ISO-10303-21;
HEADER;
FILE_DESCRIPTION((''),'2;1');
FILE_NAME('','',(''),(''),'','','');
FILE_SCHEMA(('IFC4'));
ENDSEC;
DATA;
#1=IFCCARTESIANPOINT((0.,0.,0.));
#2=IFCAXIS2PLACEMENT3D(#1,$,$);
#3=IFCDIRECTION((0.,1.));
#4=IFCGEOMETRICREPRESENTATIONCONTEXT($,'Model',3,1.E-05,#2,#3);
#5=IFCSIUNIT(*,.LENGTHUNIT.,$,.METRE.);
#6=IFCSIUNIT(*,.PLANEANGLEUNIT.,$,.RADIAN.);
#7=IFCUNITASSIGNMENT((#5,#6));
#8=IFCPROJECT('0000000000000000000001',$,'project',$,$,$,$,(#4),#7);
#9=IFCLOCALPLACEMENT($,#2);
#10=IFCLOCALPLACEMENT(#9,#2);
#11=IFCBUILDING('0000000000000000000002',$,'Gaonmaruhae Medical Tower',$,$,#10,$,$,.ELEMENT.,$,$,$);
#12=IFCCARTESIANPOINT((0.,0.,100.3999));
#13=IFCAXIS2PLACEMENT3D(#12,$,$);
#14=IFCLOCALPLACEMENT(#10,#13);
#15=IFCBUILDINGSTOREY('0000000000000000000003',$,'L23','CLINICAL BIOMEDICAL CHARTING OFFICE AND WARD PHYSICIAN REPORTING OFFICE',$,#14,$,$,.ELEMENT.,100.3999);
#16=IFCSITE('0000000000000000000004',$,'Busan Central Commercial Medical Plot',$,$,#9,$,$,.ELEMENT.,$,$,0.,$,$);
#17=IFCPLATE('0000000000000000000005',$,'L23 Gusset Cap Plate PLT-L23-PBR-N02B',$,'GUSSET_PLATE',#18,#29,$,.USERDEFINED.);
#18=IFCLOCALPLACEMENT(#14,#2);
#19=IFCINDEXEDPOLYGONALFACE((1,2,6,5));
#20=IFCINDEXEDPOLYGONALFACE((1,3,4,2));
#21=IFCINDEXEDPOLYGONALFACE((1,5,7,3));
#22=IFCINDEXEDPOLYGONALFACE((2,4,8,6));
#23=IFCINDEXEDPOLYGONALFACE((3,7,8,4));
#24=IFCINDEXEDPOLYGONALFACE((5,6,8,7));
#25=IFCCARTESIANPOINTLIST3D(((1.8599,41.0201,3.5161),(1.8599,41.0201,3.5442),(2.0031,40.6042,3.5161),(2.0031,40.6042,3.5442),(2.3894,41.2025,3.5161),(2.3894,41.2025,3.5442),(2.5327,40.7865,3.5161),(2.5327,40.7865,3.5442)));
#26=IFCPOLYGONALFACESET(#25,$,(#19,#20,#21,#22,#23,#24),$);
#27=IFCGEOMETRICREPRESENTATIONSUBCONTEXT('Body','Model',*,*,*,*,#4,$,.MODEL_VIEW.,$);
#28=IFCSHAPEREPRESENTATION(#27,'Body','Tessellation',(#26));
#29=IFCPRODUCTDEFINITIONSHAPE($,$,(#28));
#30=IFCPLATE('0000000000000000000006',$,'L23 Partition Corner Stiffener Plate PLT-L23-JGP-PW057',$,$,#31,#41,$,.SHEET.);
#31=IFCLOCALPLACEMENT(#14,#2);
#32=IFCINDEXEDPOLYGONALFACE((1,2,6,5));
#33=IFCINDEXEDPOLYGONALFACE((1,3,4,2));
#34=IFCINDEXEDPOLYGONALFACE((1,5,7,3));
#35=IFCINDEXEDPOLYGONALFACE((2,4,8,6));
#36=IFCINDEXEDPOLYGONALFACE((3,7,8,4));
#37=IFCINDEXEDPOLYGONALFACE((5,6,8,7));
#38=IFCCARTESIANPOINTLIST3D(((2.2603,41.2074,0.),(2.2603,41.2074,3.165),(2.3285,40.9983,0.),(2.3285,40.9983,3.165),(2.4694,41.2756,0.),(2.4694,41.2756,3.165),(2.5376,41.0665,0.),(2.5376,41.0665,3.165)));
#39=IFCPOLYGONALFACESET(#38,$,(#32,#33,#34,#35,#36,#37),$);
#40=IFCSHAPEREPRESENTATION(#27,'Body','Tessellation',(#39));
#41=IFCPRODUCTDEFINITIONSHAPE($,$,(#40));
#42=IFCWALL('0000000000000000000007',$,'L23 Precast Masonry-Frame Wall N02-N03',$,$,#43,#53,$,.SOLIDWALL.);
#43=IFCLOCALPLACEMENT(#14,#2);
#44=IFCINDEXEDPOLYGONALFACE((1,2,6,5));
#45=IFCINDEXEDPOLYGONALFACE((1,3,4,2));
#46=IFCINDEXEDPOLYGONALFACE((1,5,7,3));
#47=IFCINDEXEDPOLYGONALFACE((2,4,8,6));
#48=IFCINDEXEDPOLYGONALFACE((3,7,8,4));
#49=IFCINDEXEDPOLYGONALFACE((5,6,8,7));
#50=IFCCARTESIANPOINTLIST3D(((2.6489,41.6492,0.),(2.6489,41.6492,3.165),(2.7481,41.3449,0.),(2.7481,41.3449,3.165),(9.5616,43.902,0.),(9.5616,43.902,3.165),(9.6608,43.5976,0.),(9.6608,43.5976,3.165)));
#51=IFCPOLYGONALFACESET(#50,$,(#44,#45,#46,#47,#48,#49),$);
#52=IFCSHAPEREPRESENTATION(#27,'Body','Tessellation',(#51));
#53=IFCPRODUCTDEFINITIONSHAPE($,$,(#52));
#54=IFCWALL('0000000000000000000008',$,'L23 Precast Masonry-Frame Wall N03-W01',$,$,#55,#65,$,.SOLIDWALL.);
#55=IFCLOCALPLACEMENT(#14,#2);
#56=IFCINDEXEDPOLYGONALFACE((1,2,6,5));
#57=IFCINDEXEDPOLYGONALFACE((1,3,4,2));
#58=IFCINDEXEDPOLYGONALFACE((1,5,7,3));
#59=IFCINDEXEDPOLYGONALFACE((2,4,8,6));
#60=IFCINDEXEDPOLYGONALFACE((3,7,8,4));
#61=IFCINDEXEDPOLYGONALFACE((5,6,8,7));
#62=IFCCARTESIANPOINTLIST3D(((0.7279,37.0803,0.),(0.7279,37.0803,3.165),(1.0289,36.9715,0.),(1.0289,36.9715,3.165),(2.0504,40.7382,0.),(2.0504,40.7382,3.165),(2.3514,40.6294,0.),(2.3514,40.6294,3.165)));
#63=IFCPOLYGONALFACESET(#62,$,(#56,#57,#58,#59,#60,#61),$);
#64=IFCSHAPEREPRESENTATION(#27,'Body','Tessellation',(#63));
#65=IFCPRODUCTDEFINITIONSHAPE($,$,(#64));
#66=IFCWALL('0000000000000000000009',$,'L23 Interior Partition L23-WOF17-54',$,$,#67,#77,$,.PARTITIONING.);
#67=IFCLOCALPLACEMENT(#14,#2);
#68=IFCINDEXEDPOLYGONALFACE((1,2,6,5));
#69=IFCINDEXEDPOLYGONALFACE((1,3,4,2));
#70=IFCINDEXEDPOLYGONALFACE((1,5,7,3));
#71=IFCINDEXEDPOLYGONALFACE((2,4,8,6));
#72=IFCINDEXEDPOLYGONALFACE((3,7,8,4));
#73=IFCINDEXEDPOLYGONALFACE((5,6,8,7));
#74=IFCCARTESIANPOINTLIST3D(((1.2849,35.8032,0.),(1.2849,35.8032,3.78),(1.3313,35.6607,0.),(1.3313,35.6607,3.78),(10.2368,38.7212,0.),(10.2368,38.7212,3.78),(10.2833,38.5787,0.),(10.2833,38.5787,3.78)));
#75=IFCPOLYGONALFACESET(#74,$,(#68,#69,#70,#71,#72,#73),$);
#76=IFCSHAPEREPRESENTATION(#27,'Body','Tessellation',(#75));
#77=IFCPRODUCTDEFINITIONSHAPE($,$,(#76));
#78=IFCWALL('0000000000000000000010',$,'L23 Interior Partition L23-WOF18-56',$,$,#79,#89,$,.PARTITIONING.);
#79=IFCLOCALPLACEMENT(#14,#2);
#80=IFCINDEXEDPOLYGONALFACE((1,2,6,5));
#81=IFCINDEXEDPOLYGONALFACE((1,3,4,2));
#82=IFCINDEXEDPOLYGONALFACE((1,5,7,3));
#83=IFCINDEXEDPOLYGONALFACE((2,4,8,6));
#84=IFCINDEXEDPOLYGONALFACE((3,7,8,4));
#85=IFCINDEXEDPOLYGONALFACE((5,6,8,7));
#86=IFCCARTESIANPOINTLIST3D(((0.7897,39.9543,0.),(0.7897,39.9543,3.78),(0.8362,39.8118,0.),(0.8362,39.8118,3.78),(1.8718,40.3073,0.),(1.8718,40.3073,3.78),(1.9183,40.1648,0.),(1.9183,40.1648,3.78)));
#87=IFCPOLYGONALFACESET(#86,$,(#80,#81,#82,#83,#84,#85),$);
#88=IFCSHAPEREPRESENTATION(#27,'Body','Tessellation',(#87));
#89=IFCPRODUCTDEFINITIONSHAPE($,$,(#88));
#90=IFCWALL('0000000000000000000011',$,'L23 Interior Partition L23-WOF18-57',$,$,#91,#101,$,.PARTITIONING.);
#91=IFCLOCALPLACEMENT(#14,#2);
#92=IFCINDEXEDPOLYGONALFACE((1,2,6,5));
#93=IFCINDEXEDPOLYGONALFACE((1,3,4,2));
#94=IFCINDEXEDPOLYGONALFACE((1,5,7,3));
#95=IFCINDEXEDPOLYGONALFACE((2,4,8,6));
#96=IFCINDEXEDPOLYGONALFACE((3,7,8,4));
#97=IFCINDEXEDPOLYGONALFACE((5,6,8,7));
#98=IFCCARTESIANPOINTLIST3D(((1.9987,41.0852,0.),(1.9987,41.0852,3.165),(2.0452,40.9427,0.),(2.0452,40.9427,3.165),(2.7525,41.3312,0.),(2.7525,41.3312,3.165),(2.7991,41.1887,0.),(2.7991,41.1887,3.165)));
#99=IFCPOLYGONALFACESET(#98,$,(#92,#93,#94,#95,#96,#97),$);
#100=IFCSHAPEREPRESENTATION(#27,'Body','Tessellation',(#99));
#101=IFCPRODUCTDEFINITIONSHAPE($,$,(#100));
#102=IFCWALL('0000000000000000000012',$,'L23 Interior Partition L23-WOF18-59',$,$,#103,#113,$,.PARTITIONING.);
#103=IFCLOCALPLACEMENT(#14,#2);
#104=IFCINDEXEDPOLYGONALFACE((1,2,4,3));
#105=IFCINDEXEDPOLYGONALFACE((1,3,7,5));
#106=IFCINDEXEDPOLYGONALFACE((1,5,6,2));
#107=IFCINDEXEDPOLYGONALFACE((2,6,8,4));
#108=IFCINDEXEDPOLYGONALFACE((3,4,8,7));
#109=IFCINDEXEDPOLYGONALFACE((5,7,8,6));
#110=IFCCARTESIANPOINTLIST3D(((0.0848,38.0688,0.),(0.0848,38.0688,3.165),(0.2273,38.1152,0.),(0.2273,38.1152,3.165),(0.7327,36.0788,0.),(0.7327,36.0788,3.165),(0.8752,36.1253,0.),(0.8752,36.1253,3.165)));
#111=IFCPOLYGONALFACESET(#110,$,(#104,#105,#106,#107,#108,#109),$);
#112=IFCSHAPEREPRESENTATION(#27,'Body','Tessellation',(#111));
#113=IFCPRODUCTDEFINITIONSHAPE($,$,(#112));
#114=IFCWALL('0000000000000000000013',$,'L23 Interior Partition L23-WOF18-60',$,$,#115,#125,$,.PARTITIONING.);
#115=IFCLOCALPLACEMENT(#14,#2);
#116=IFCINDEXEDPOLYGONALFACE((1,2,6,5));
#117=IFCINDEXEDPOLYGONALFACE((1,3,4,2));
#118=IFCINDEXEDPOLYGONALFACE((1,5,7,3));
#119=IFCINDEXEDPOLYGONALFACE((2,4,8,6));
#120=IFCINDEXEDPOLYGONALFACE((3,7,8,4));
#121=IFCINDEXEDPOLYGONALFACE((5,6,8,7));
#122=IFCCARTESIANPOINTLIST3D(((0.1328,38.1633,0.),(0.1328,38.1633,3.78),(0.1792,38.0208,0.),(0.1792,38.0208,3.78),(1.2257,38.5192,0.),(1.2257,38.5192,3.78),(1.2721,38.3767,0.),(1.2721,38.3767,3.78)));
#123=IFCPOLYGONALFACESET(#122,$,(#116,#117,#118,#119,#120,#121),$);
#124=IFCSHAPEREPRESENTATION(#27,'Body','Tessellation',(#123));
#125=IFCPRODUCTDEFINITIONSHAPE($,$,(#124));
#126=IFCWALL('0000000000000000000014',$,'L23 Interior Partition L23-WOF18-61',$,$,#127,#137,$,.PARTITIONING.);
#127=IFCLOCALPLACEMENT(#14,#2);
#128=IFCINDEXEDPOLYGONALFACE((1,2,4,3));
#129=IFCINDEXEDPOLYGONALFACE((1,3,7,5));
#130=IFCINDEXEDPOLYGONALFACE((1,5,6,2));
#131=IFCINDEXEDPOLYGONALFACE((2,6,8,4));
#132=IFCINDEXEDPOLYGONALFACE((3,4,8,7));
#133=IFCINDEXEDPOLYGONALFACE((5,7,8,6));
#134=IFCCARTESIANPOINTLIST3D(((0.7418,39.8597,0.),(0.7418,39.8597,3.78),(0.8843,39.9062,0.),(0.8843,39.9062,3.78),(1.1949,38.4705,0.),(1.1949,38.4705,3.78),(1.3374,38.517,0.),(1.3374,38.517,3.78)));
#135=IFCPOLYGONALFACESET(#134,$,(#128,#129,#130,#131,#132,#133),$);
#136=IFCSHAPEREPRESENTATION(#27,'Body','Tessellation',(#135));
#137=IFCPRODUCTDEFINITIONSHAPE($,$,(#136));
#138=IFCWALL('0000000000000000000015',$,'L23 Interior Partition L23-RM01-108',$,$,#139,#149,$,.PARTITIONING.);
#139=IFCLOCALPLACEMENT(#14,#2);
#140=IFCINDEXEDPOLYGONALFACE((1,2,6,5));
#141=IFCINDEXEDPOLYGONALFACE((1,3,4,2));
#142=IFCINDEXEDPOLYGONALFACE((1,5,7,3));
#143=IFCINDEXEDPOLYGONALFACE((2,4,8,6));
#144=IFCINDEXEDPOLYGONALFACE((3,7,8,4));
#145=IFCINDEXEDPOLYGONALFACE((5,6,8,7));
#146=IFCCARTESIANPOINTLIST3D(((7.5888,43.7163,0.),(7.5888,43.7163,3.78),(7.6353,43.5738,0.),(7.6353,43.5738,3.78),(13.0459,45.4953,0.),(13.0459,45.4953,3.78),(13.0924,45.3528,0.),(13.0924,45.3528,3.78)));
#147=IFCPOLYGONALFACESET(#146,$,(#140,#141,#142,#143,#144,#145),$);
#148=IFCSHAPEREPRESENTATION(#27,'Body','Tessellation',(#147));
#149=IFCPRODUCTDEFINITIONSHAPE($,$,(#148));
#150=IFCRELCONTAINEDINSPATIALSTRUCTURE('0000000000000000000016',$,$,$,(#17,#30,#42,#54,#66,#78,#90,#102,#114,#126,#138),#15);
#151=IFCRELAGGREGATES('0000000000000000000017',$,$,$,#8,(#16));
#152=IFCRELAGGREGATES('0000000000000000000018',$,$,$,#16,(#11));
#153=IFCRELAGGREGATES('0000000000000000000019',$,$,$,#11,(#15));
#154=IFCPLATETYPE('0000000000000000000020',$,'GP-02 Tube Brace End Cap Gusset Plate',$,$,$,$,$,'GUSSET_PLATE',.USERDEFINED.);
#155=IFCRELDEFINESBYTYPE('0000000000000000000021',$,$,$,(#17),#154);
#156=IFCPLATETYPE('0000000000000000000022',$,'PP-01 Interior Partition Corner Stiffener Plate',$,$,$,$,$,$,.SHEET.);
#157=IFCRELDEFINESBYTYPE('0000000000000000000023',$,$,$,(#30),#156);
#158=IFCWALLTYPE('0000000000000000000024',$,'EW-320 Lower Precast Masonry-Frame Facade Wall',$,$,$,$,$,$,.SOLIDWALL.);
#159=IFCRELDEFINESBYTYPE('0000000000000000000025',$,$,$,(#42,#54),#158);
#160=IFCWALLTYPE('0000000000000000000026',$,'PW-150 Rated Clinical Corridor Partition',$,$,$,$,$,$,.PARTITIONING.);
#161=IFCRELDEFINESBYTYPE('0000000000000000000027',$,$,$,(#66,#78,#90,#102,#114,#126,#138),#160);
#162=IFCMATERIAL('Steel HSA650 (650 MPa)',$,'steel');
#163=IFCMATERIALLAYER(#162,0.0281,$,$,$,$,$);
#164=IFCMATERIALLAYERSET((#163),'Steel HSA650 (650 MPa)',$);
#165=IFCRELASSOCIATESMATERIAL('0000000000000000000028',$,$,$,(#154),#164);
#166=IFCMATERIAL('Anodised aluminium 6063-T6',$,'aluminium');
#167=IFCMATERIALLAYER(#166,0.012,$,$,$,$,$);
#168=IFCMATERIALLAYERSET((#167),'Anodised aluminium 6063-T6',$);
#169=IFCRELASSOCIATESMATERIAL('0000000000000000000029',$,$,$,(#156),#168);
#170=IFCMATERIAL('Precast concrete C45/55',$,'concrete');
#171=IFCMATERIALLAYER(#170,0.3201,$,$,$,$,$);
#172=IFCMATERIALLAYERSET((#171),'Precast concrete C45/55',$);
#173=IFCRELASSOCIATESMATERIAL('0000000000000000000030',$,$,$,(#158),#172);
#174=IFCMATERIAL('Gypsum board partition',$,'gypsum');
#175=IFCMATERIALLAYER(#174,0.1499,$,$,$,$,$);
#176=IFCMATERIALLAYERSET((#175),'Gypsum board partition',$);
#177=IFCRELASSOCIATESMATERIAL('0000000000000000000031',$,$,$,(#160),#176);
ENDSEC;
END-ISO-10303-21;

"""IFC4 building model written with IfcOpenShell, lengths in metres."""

from ifc_helpers import new_model, si_unit, direction, frame, frame_2d, origin, origin_2d, place, context, subcontext, project, spatial, rectangle, extrude, material, layer, layer_set, type_object, element, save


model = new_model("IFC4")

# Units and contexts
model_context = context("Model", 3, precision=1e-05, world=origin(), true_north=direction((0.0, 1.0)))
body_context = subcontext(model_context, "Body", "Model", "MODEL_VIEW")
ifc_project = project(units=[si_unit("LENGTHUNIT", "METRE"), si_unit("PLANEANGLEUNIT", "RADIAN")], contexts=[model_context])

# Site, building, storey
site_placement = place(None, origin())
site = spatial("IfcSite", under=ifc_project, at=site_placement, Name="Busan Central Commercial Medical Plot", CompositionType="ELEMENT", RefElevation=0.0)
building_placement = place(site_placement, origin())
building = spatial("IfcBuilding", under=site, at=building_placement, Name="Gaonmaruhae Medical Tower", CompositionType="ELEMENT")
storey_placement = place(building_placement, frame((0.0, 0.0, 100.3999)))
storey = spatial("IfcBuildingStorey", under=building, at=storey_placement, Name="L23", Description="CLINICAL BIOMEDICAL CHARTING OFFICE AND WARD PHYSICIAN REPORTING OFFICE", CompositionType="ELEMENT", Elevation=100.3999)

# Plates
ifc_material_1 = material(Name="Steel HSA650 (650 MPa)", Category="steel")
ifc_layer_1 = layer(ifc_material_1, 0.0281)
ifc_layer_set_1 = layer_set([ifc_layer_1], Name="Steel HSA650 (650 MPa)")
plate_type_1 = type_object("IfcPlateType", Name="GP-02 Tube Brace End Cap Gusset Plate", ElementType="GUSSET_PLATE", PredefinedType="USERDEFINED", material=ifc_layer_set_1)
plate_1_placement = place(storey_placement, frame((2.1963, 40.9033, 3.5161), z_axis=(0.0, 0.0, 1.0), x_axis=(0.945519, 0.325568, 0.0)))
element("IfcPlate", 1, at=plate_1_placement, inside=storey, type_object=plate_type_1, Name="L23 Gusset Cap Plate PLT-L23-PBR-N02B", ObjectType="GUSSET_PLATE", PredefinedType="USERDEFINED", context=body_context, shape_type="SweptSolid", body=[
    extrude(rectangle(XDim=0.5601, YDim=0.4399, at=origin_2d()), origin(), (0.0, 0.0, 1.0), 0.0281),
])
ifc_material_2 = material(Name="Anodised aluminium 6063-T6", Category="aluminium")
ifc_layer_2 = layer(ifc_material_2, 0.012)
ifc_layer_set_2 = layer_set([ifc_layer_2], Name="Anodised aluminium 6063-T6")
plate_type_2 = type_object("IfcPlateType", Name="PP-01 Interior Partition Corner Stiffener Plate", PredefinedType="SHEET", material=ifc_layer_set_2)
plate_2_placement = place(storey_placement, frame((2.3989, 41.137, 0.0), z_axis=(0.0, 0.0, 1.0), x_axis=(0.950684, 0.310162, 0.0)))
element("IfcPlate", 2, at=plate_2_placement, inside=storey, type_object=plate_type_2, Name="L23 Partition Corner Stiffener Plate PLT-L23-JGP-PW057", PredefinedType="SHEET", context=body_context, shape_type="SweptSolid", body=[
    extrude(rectangle(XDim=0.22, YDim=0.22, at=origin_2d()), origin(), (0.0, 0.0, 1.0), 3.165),
])

# Walls
ifc_material_3 = material(Name="Precast concrete C45/55", Category="concrete")
ifc_layer_3 = layer(ifc_material_3, 0.3201)
ifc_layer_set_3 = layer_set([ifc_layer_3], Name="Precast concrete C45/55")
wall_type_1 = type_object("IfcWallType", Name="EW-320 Lower Precast Masonry-Frame Facade Wall", PredefinedType="SOLIDWALL", material=ifc_layer_set_3)
wall_1_placement = place(storey_placement, frame((2.6985, 41.4971, 0.0), z_axis=(0.0, 0.0, 1.0), x_axis=(0.950787, 0.309844, 0.0)))
element("IfcWall", 3, at=wall_1_placement, inside=storey, type_object=wall_type_1, Name="L23 Precast Masonry-Frame Wall N02-N03", PredefinedType="SOLIDWALL", context=body_context, shape_type="SweptSolid", body=[
    extrude(rectangle(XDim=7.2705, YDim=0.3201, at=frame_2d((3.6353, 0.0))), origin(), (0.0, 0.0, 1.0), 3.165),
])
wall_2_placement = place(storey_placement, frame((0.8784, 37.0259, 0.0), z_axis=(0.0, 0.0, 1.0), x_axis=(0.340004, 0.940424, 0.0)))
element("IfcWall", 4, at=wall_2_placement, inside=storey, type_object=wall_type_1, Name="L23 Precast Masonry-Frame Wall N03-W01", PredefinedType="SOLIDWALL", context=body_context, shape_type="SweptSolid", body=[
    extrude(rectangle(XDim=3.8896, YDim=0.3201, at=frame_2d((1.9448, 0.0))), origin(), (0.0, 0.0, 1.0), 3.165),
])
ifc_material_4 = material(Name="Gypsum board partition", Category="gypsum")
ifc_layer_4 = layer(ifc_material_4, 0.1499)
ifc_layer_set_4 = layer_set([ifc_layer_4], Name="Gypsum board partition")
wall_type_2 = type_object("IfcWallType", Name="PW-150 Rated Clinical Corridor Partition", PredefinedType="PARTITIONING", material=ifc_layer_set_4)
wall_3_placement = place(storey_placement, frame((1.3081, 35.7319, 0.0), z_axis=(0.0, 0.0, 1.0), x_axis=(0.950765, 0.309912, 0.0)))
element("IfcWall", 5, at=wall_3_placement, inside=storey, type_object=wall_type_2, Name="L23 Interior Partition L23-WOF17-54", PredefinedType="PARTITIONING", context=body_context, shape_type="SweptSolid", body=[
    extrude(rectangle(XDim=9.4155, YDim=0.1499, at=frame_2d((4.7078, 0.0))), origin(), (0.0, 0.0, 1.0), 3.78),
])

# Walls
wall_4_placement = place(storey_placement, frame((0.813, 39.8831, 0.0), z_axis=(0.0, 0.0, 1.0), x_axis=(0.95068, 0.310172, 0.0)))
element("IfcWall", 6, at=wall_4_placement, inside=storey, type_object=wall_type_2, Name="L23 Interior Partition L23-WOF18-56", PredefinedType="PARTITIONING", context=body_context, shape_type="SweptSolid", body=[
    extrude(rectangle(XDim=1.1382, YDim=0.1499, at=frame_2d((0.5691, 0.0))), origin(), (0.0, 0.0, 1.0), 3.78),
])
wall_5_placement = place(storey_placement, frame((2.022, 41.0139, 0.0), z_axis=(0.0, 0.0, 1.0), x_axis=(0.950635, 0.310311, 0.0)))
element("IfcWall", 7, at=wall_5_placement, inside=storey, type_object=wall_type_2, Name="L23 Interior Partition L23-WOF18-57", PredefinedType="PARTITIONING", context=body_context, shape_type="SweptSolid", body=[
    extrude(rectangle(XDim=0.793, YDim=0.1499, at=frame_2d((0.3965, 0.0))), origin(), (0.0, 0.0, 1.0), 3.165),
])

# Walls
wall_6_placement = place(storey_placement, frame((0.804, 36.1021, 0.0), z_axis=(0.0, 0.0, 1.0), x_axis=(-0.309606, 0.950865, 0.0)))
element("IfcWall", 8, at=wall_6_placement, inside=storey, type_object=wall_type_2, Name="L23 Interior Partition L23-WOF18-59", PredefinedType="PARTITIONING", context=body_context, shape_type="SweptSolid", body=[
    extrude(rectangle(XDim=2.0928, YDim=0.1499, at=frame_2d((1.0464, 0.0))), origin(), (0.0, 0.0, 1.0), 3.165),
])
wall_7_placement = place(storey_placement, frame((0.156, 38.092, 0.0), z_axis=(0.0, 0.0, 1.0), x_axis=(0.950848, 0.309657, 0.0)))
element("IfcWall", 9, at=wall_7_placement, inside=storey, type_object=wall_type_2, Name="L23 Interior Partition L23-WOF18-60", PredefinedType="PARTITIONING", context=body_context, shape_type="SweptSolid", body=[
    extrude(rectangle(XDim=1.1494, YDim=0.1499, at=frame_2d((0.5747, 0.0))), origin(), (0.0, 0.0, 1.0), 3.78),
])
wall_8_placement = place(storey_placement, frame((1.2661, 38.4939, 0.0), z_axis=(0.0, 0.0, 1.0), x_axis=(-0.310106, 0.950702, 0.0)))
element("IfcWall", 10, at=wall_8_placement, inside=storey, type_object=wall_type_2, Name="L23 Interior Partition L23-WOF18-61", PredefinedType="PARTITIONING", context=body_context, shape_type="SweptSolid", body=[
    extrude(rectangle(XDim=1.4612, YDim=0.1499, at=frame_2d((0.7305, 0.0))), origin(), (0.0, 0.0, 1.0), 3.78),
])
wall_9_placement = place(storey_placement, frame((7.6121, 43.645, 0.0), z_axis=(0.0, 0.0, 1.0), x_axis=(0.950751, 0.309955, 0.0)))
element("IfcWall", 11, at=wall_9_placement, inside=storey, type_object=wall_type_2, Name="L23 Interior Partition L23-RM01-108", PredefinedType="PARTITIONING", context=body_context, shape_type="SweptSolid", body=[
    extrude(rectangle(XDim=5.7397, YDim=0.1499, at=frame_2d((2.8699, 0.0))), origin(), (0.0, 0.0, 1.0), 3.78),
])

save(model, "model.ifc")
